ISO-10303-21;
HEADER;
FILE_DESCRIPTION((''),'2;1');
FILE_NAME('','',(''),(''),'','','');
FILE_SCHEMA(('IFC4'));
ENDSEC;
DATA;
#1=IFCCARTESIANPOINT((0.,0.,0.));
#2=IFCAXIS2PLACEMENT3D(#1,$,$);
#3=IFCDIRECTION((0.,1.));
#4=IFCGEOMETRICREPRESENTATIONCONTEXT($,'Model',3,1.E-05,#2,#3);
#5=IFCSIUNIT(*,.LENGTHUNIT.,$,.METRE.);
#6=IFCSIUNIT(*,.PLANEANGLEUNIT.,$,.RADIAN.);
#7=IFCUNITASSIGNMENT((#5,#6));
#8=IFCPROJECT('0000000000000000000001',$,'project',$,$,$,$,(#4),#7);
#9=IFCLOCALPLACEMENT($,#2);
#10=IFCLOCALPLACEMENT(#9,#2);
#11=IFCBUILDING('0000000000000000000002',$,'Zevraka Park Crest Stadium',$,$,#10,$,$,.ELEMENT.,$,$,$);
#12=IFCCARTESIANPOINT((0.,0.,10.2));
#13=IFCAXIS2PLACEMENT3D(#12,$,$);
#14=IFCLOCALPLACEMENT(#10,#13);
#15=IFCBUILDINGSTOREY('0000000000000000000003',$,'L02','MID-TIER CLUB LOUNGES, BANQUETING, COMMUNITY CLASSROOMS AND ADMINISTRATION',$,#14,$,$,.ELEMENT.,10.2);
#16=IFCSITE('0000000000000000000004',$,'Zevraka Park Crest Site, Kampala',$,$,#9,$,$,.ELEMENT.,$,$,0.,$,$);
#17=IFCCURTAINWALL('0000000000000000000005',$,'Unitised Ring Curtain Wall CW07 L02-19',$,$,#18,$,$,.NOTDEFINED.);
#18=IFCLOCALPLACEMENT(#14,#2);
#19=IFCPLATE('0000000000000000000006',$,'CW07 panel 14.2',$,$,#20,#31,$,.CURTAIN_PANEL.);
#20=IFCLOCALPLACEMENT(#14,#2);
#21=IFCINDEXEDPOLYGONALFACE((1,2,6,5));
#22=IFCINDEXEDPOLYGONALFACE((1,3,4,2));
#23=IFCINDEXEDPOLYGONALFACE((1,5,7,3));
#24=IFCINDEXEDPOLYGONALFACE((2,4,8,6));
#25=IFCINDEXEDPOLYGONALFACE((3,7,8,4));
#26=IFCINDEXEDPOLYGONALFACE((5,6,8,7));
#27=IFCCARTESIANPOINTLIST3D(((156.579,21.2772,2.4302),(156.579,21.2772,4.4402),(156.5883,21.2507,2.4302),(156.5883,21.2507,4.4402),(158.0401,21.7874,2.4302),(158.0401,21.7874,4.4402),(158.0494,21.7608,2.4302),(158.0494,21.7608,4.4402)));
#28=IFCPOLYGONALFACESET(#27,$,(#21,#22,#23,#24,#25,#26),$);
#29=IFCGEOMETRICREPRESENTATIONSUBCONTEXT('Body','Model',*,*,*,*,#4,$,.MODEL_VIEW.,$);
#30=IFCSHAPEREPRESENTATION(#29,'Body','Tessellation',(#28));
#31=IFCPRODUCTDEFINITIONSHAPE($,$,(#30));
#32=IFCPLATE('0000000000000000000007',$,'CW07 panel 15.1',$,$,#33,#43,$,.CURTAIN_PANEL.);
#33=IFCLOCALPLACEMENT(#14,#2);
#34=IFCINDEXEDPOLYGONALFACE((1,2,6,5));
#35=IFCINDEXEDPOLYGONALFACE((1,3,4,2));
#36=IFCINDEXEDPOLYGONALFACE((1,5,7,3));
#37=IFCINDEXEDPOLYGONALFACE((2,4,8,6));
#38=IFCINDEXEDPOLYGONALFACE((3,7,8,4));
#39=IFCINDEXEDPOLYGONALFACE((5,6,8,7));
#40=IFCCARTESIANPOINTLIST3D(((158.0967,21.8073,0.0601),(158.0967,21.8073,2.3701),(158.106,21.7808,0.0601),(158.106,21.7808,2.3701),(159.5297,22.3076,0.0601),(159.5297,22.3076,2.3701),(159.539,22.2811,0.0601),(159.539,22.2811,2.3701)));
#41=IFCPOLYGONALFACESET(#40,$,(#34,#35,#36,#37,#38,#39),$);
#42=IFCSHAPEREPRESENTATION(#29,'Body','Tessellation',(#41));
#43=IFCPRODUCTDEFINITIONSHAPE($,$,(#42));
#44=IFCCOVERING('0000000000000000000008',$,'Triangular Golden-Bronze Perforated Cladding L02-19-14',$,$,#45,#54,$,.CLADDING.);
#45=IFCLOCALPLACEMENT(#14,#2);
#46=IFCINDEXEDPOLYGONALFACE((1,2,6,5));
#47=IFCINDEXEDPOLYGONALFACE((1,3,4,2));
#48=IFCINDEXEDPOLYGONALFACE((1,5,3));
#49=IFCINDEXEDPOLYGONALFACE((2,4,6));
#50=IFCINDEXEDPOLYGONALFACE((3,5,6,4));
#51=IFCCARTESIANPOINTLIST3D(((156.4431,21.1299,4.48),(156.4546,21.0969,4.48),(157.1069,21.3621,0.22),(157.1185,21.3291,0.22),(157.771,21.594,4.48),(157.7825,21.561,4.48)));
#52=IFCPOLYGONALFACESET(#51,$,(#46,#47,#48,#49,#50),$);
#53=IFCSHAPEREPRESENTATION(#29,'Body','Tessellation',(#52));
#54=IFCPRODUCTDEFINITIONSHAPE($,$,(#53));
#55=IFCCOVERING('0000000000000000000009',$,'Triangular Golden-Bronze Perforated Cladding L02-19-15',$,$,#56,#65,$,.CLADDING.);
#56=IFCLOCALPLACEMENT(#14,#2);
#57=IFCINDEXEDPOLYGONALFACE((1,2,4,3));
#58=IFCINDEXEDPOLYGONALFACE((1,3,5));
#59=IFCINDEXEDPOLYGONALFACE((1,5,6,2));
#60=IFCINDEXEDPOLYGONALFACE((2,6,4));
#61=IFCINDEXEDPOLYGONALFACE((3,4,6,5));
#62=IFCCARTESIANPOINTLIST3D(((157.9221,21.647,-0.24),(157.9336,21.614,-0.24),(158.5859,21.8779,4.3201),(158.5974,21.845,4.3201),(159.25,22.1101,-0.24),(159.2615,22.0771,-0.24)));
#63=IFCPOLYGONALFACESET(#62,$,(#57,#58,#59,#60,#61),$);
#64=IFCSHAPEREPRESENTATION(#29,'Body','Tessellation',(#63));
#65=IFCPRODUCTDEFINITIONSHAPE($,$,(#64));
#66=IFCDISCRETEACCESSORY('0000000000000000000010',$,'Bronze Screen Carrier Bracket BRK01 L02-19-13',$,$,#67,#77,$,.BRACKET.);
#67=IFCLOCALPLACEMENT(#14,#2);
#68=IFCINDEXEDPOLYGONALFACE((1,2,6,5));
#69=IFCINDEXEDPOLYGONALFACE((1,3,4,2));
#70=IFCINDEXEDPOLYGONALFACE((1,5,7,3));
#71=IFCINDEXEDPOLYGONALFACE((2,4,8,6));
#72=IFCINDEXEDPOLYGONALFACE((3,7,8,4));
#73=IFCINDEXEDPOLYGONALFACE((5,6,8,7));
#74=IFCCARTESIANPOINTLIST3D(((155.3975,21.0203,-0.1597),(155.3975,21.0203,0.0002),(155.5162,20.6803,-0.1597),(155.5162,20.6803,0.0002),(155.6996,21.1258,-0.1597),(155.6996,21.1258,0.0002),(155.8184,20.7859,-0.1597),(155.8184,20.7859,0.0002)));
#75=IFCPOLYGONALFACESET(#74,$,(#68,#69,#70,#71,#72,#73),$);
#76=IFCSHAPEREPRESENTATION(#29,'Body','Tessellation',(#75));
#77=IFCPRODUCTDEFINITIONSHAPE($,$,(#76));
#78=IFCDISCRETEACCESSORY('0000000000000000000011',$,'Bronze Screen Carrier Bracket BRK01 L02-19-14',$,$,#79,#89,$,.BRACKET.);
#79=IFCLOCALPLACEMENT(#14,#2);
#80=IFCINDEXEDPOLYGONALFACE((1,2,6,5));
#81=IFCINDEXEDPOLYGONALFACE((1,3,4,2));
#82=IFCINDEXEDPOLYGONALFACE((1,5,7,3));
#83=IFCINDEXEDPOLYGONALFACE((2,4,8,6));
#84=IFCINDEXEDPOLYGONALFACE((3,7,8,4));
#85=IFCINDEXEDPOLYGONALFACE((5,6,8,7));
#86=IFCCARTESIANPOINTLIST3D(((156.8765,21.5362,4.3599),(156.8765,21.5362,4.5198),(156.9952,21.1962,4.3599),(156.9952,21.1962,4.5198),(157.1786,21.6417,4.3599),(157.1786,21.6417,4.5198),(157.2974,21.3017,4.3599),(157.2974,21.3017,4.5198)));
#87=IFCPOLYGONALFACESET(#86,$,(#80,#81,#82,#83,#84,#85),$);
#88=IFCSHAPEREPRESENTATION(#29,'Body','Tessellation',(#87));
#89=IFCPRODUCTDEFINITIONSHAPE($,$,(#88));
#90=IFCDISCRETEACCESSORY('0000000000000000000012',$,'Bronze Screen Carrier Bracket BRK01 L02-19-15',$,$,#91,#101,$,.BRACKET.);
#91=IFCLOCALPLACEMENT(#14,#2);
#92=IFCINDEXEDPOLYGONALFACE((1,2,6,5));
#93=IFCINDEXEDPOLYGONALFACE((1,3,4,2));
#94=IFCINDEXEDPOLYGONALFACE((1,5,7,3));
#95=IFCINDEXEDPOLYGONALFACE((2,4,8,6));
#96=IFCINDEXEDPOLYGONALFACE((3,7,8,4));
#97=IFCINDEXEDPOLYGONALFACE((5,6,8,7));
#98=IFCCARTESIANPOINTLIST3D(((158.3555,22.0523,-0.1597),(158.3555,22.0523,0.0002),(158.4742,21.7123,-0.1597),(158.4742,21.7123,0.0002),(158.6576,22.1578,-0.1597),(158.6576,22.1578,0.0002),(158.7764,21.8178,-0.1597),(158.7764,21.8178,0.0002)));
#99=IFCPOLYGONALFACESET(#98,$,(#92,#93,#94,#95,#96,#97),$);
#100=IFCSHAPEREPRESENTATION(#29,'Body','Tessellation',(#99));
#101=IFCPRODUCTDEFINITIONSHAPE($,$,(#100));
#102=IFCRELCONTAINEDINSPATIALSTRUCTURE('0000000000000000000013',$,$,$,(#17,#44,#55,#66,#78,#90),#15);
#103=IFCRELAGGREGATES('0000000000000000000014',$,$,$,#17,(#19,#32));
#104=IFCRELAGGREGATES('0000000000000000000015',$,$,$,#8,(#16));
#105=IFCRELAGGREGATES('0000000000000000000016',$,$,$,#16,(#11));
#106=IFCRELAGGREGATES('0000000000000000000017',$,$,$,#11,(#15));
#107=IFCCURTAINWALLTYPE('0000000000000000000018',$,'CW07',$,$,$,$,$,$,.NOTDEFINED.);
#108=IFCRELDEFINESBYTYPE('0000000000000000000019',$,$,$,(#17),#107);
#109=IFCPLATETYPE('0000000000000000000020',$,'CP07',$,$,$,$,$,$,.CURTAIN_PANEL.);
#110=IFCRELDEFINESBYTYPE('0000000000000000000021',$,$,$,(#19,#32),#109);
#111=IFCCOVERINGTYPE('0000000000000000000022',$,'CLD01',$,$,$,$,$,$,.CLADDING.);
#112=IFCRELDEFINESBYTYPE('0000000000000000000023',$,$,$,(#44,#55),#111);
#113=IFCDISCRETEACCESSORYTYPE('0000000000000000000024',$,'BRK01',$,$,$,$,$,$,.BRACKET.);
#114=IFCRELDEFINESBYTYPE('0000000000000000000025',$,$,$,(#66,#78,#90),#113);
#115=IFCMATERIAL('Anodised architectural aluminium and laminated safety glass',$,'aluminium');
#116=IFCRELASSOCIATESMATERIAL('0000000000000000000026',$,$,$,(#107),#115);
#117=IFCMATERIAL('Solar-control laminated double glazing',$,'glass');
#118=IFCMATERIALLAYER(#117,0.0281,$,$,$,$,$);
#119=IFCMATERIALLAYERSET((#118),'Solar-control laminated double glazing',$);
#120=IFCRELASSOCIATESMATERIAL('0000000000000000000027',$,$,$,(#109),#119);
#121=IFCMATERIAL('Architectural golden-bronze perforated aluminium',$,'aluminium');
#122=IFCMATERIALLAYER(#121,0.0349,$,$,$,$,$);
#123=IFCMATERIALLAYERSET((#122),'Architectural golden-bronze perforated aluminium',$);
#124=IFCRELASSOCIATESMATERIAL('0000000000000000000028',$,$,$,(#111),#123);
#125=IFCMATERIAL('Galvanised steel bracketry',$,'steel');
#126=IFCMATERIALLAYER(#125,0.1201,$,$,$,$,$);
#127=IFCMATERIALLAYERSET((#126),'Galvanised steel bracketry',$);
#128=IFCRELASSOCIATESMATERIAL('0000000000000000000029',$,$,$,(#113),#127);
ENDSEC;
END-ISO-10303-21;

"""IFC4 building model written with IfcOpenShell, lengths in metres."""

from ifc_helpers import new_model, si_unit, direction, frame, origin, origin_2d, place, context, subcontext, project, spatial, polyline, rectangle, outline, extrude, material, layer, layer_set, type_object, element, aggregate, save


model = new_model("IFC4")

# Units and contexts
model_context = context("Model", 3, precision=1e-05, world=origin(), true_north=direction((0.0, 1.0)))
body_context = subcontext(model_context, "Body", "Model", "MODEL_VIEW")
ifc_project = project(units=[si_unit("LENGTHUNIT", "METRE"), si_unit("PLANEANGLEUNIT", "RADIAN")], contexts=[model_context])

# Site, building, storey
site_placement = place(None, origin())
site = spatial("IfcSite", under=ifc_project, at=site_placement, Name="Zevraka Park Crest Site, Kampala", CompositionType="ELEMENT", RefElevation=0.0)
building_placement = place(site_placement, origin())
building = spatial("IfcBuilding", under=site, at=building_placement, Name="Zevraka Park Crest Stadium", CompositionType="ELEMENT")
storey_placement = place(building_placement, frame((0.0, 0.0, 10.2)))
storey = spatial("IfcBuildingStorey", under=building, at=storey_placement, Name="L02", Description="MID-TIER CLUB LOUNGES, BANQUETING, COMMUNITY CLASSROOMS AND ADMINISTRATION", CompositionType="ELEMENT", Elevation=10.2)

# Curtain wall, plates
ifc_material_1 = material(Name="Anodised architectural aluminium and laminated safety glass", Category="aluminium")
curtain_wall_type = type_object("IfcCurtainWallType", Name="CW07", PredefinedType="NOTDEFINED", material=ifc_material_1)
curtain_wall_placement = place(storey_placement, origin())
curtain_wall = element("IfcCurtainWall", 1, at=curtain_wall_placement, inside=storey, type_object=curtain_wall_type, Name="Unitised Ring Curtain Wall CW07 L02-19", PredefinedType="NOTDEFINED")
ifc_material_2 = material(Name="Solar-control laminated double glazing", Category="glass")
ifc_layer_1 = layer(ifc_material_2, 0.0281)
ifc_layer_set_1 = layer_set([ifc_layer_1], Name="Solar-control laminated double glazing")
plate_type = type_object("IfcPlateType", Name="CP07", PredefinedType="CURTAIN_PANEL", material=ifc_layer_set_1)
plate_1_placement = place(storey_placement, frame((157.3142, 21.519, 2.4302), z_axis=(0.0, 0.0, 1.0), x_axis=(0.944114, 0.329619, 0.0)))
plate_1 = element("IfcPlate", 2, at=plate_1_placement, type_object=plate_type, Name="CW07 panel 14.2", PredefinedType="CURTAIN_PANEL", context=body_context, shape_type="SweptSolid", body=[
    extrude(rectangle(XDim=1.5476, YDim=0.0281, at=origin_2d()), origin(), (0.0, 0.0, 1.0), 2.01),
])
plate_2_placement = place(storey_placement, frame((158.8179, 22.0442, 0.0601), z_axis=(0.0, 0.0, 1.0), x_axis=(0.944114, 0.329619, 0.0)))
plate_2 = element("IfcPlate", 3, at=plate_2_placement, type_object=plate_type, Name="CW07 panel 15.1", PredefinedType="CURTAIN_PANEL", context=body_context, shape_type="SweptSolid", body=[
    extrude(rectangle(XDim=1.5178, YDim=0.0281, at=origin_2d()), origin(), (0.0, 0.0, 1.0), 2.3101),
])
aggregate(curtain_wall, [plate_1, plate_2])

# Coverings
ifc_material_3 = material(Name="Architectural golden-bronze perforated aluminium", Category="aluminium")
ifc_layer_2 = layer(ifc_material_3, 0.0349)
ifc_layer_set_2 = layer_set([ifc_layer_2], Name="Architectural golden-bronze perforated aluminium")
covering_type = type_object("IfcCoveringType", Name="CLD01", PredefinedType="CLADDING", material=ifc_layer_set_2)
covering_1_placement = place(storey_placement, frame((157.771, 21.594, 4.48), z_axis=(-0.329941, 0.944002, 0.000037), x_axis=(-0.944002, -0.329941, 0.0)))
element("IfcCovering", 4, at=covering_1_placement, inside=storey, type_object=covering_type, Name="Triangular Golden-Bronze Perforated Cladding L02-19-14", PredefinedType="CLADDING", context=body_context, shape_type="SweptSolid", body=[
    extrude(outline(polyline([(0.0, 0.0), (1.4067, 0.0), (0.7034, -4.26), (0.0, 0.0)])), origin(), (0.0, 0.0, -1.0), 0.0349),
])
covering_2_placement = place(storey_placement, frame((157.9221, 21.647, -0.24), z_axis=(-0.329322, 0.944218, 0.000118), x_axis=(0.944218, 0.329322, 0.0)))
element("IfcCovering", 5, at=covering_2_placement, inside=storey, type_object=covering_type, Name="Triangular Golden-Bronze Perforated Cladding L02-19-15", PredefinedType="CLADDING", context=body_context, shape_type="SweptSolid", body=[
    extrude(outline(polyline([(0.0, 0.0), (1.4063, 0.0), (0.7028, -4.5601), (0.0, 0.0)])), origin(), (0.0, 0.0, -1.0), 0.0349),
])

# Discrete accessories
ifc_material_4 = material(Name="Galvanised steel bracketry", Category="steel")
ifc_layer_3 = layer(ifc_material_4, 0.1201)
ifc_layer_set_3 = layer_set([ifc_layer_3], Name="Galvanised steel bracketry")
discrete_accessory_type = type_object("IfcDiscreteAccessoryType", Name="BRK01", PredefinedType="BRACKET", material=ifc_layer_set_3)
for number, where, z_axis, x_axis, name in (
    (6, (155.6079, 20.9031, -0.1597), (0.0, 0.0, 1.0), (0.944089, 0.329691, 0.0), "Bronze Screen Carrier Bracket BRK01 L02-19-13"),
    (7, (157.0869, 21.4189, 4.3599), (0.0, 0.0, 1.0), (0.944089, 0.329691, 0.0), "Bronze Screen Carrier Bracket BRK01 L02-19-14"),
    (8, (158.5659, 21.9351, -0.1597), (0.0, 0.0, 1.0), (0.944089, 0.329691, 0.0), "Bronze Screen Carrier Bracket BRK01 L02-19-15"),
):
    element("IfcDiscreteAccessory", number, at=place(storey_placement, frame(where, z_axis=z_axis, x_axis=x_axis)), inside=storey, type_object=discrete_accessory_type, Name=name, PredefinedType="BRACKET", context=body_context, shape_type="SweptSolid", body=[
        extrude(rectangle(XDim=0.3201, YDim=0.3601, at=origin_2d()), origin(), (0.0, 0.0, 1.0), 0.1599),
    ])

save(model, "model.ifc")
